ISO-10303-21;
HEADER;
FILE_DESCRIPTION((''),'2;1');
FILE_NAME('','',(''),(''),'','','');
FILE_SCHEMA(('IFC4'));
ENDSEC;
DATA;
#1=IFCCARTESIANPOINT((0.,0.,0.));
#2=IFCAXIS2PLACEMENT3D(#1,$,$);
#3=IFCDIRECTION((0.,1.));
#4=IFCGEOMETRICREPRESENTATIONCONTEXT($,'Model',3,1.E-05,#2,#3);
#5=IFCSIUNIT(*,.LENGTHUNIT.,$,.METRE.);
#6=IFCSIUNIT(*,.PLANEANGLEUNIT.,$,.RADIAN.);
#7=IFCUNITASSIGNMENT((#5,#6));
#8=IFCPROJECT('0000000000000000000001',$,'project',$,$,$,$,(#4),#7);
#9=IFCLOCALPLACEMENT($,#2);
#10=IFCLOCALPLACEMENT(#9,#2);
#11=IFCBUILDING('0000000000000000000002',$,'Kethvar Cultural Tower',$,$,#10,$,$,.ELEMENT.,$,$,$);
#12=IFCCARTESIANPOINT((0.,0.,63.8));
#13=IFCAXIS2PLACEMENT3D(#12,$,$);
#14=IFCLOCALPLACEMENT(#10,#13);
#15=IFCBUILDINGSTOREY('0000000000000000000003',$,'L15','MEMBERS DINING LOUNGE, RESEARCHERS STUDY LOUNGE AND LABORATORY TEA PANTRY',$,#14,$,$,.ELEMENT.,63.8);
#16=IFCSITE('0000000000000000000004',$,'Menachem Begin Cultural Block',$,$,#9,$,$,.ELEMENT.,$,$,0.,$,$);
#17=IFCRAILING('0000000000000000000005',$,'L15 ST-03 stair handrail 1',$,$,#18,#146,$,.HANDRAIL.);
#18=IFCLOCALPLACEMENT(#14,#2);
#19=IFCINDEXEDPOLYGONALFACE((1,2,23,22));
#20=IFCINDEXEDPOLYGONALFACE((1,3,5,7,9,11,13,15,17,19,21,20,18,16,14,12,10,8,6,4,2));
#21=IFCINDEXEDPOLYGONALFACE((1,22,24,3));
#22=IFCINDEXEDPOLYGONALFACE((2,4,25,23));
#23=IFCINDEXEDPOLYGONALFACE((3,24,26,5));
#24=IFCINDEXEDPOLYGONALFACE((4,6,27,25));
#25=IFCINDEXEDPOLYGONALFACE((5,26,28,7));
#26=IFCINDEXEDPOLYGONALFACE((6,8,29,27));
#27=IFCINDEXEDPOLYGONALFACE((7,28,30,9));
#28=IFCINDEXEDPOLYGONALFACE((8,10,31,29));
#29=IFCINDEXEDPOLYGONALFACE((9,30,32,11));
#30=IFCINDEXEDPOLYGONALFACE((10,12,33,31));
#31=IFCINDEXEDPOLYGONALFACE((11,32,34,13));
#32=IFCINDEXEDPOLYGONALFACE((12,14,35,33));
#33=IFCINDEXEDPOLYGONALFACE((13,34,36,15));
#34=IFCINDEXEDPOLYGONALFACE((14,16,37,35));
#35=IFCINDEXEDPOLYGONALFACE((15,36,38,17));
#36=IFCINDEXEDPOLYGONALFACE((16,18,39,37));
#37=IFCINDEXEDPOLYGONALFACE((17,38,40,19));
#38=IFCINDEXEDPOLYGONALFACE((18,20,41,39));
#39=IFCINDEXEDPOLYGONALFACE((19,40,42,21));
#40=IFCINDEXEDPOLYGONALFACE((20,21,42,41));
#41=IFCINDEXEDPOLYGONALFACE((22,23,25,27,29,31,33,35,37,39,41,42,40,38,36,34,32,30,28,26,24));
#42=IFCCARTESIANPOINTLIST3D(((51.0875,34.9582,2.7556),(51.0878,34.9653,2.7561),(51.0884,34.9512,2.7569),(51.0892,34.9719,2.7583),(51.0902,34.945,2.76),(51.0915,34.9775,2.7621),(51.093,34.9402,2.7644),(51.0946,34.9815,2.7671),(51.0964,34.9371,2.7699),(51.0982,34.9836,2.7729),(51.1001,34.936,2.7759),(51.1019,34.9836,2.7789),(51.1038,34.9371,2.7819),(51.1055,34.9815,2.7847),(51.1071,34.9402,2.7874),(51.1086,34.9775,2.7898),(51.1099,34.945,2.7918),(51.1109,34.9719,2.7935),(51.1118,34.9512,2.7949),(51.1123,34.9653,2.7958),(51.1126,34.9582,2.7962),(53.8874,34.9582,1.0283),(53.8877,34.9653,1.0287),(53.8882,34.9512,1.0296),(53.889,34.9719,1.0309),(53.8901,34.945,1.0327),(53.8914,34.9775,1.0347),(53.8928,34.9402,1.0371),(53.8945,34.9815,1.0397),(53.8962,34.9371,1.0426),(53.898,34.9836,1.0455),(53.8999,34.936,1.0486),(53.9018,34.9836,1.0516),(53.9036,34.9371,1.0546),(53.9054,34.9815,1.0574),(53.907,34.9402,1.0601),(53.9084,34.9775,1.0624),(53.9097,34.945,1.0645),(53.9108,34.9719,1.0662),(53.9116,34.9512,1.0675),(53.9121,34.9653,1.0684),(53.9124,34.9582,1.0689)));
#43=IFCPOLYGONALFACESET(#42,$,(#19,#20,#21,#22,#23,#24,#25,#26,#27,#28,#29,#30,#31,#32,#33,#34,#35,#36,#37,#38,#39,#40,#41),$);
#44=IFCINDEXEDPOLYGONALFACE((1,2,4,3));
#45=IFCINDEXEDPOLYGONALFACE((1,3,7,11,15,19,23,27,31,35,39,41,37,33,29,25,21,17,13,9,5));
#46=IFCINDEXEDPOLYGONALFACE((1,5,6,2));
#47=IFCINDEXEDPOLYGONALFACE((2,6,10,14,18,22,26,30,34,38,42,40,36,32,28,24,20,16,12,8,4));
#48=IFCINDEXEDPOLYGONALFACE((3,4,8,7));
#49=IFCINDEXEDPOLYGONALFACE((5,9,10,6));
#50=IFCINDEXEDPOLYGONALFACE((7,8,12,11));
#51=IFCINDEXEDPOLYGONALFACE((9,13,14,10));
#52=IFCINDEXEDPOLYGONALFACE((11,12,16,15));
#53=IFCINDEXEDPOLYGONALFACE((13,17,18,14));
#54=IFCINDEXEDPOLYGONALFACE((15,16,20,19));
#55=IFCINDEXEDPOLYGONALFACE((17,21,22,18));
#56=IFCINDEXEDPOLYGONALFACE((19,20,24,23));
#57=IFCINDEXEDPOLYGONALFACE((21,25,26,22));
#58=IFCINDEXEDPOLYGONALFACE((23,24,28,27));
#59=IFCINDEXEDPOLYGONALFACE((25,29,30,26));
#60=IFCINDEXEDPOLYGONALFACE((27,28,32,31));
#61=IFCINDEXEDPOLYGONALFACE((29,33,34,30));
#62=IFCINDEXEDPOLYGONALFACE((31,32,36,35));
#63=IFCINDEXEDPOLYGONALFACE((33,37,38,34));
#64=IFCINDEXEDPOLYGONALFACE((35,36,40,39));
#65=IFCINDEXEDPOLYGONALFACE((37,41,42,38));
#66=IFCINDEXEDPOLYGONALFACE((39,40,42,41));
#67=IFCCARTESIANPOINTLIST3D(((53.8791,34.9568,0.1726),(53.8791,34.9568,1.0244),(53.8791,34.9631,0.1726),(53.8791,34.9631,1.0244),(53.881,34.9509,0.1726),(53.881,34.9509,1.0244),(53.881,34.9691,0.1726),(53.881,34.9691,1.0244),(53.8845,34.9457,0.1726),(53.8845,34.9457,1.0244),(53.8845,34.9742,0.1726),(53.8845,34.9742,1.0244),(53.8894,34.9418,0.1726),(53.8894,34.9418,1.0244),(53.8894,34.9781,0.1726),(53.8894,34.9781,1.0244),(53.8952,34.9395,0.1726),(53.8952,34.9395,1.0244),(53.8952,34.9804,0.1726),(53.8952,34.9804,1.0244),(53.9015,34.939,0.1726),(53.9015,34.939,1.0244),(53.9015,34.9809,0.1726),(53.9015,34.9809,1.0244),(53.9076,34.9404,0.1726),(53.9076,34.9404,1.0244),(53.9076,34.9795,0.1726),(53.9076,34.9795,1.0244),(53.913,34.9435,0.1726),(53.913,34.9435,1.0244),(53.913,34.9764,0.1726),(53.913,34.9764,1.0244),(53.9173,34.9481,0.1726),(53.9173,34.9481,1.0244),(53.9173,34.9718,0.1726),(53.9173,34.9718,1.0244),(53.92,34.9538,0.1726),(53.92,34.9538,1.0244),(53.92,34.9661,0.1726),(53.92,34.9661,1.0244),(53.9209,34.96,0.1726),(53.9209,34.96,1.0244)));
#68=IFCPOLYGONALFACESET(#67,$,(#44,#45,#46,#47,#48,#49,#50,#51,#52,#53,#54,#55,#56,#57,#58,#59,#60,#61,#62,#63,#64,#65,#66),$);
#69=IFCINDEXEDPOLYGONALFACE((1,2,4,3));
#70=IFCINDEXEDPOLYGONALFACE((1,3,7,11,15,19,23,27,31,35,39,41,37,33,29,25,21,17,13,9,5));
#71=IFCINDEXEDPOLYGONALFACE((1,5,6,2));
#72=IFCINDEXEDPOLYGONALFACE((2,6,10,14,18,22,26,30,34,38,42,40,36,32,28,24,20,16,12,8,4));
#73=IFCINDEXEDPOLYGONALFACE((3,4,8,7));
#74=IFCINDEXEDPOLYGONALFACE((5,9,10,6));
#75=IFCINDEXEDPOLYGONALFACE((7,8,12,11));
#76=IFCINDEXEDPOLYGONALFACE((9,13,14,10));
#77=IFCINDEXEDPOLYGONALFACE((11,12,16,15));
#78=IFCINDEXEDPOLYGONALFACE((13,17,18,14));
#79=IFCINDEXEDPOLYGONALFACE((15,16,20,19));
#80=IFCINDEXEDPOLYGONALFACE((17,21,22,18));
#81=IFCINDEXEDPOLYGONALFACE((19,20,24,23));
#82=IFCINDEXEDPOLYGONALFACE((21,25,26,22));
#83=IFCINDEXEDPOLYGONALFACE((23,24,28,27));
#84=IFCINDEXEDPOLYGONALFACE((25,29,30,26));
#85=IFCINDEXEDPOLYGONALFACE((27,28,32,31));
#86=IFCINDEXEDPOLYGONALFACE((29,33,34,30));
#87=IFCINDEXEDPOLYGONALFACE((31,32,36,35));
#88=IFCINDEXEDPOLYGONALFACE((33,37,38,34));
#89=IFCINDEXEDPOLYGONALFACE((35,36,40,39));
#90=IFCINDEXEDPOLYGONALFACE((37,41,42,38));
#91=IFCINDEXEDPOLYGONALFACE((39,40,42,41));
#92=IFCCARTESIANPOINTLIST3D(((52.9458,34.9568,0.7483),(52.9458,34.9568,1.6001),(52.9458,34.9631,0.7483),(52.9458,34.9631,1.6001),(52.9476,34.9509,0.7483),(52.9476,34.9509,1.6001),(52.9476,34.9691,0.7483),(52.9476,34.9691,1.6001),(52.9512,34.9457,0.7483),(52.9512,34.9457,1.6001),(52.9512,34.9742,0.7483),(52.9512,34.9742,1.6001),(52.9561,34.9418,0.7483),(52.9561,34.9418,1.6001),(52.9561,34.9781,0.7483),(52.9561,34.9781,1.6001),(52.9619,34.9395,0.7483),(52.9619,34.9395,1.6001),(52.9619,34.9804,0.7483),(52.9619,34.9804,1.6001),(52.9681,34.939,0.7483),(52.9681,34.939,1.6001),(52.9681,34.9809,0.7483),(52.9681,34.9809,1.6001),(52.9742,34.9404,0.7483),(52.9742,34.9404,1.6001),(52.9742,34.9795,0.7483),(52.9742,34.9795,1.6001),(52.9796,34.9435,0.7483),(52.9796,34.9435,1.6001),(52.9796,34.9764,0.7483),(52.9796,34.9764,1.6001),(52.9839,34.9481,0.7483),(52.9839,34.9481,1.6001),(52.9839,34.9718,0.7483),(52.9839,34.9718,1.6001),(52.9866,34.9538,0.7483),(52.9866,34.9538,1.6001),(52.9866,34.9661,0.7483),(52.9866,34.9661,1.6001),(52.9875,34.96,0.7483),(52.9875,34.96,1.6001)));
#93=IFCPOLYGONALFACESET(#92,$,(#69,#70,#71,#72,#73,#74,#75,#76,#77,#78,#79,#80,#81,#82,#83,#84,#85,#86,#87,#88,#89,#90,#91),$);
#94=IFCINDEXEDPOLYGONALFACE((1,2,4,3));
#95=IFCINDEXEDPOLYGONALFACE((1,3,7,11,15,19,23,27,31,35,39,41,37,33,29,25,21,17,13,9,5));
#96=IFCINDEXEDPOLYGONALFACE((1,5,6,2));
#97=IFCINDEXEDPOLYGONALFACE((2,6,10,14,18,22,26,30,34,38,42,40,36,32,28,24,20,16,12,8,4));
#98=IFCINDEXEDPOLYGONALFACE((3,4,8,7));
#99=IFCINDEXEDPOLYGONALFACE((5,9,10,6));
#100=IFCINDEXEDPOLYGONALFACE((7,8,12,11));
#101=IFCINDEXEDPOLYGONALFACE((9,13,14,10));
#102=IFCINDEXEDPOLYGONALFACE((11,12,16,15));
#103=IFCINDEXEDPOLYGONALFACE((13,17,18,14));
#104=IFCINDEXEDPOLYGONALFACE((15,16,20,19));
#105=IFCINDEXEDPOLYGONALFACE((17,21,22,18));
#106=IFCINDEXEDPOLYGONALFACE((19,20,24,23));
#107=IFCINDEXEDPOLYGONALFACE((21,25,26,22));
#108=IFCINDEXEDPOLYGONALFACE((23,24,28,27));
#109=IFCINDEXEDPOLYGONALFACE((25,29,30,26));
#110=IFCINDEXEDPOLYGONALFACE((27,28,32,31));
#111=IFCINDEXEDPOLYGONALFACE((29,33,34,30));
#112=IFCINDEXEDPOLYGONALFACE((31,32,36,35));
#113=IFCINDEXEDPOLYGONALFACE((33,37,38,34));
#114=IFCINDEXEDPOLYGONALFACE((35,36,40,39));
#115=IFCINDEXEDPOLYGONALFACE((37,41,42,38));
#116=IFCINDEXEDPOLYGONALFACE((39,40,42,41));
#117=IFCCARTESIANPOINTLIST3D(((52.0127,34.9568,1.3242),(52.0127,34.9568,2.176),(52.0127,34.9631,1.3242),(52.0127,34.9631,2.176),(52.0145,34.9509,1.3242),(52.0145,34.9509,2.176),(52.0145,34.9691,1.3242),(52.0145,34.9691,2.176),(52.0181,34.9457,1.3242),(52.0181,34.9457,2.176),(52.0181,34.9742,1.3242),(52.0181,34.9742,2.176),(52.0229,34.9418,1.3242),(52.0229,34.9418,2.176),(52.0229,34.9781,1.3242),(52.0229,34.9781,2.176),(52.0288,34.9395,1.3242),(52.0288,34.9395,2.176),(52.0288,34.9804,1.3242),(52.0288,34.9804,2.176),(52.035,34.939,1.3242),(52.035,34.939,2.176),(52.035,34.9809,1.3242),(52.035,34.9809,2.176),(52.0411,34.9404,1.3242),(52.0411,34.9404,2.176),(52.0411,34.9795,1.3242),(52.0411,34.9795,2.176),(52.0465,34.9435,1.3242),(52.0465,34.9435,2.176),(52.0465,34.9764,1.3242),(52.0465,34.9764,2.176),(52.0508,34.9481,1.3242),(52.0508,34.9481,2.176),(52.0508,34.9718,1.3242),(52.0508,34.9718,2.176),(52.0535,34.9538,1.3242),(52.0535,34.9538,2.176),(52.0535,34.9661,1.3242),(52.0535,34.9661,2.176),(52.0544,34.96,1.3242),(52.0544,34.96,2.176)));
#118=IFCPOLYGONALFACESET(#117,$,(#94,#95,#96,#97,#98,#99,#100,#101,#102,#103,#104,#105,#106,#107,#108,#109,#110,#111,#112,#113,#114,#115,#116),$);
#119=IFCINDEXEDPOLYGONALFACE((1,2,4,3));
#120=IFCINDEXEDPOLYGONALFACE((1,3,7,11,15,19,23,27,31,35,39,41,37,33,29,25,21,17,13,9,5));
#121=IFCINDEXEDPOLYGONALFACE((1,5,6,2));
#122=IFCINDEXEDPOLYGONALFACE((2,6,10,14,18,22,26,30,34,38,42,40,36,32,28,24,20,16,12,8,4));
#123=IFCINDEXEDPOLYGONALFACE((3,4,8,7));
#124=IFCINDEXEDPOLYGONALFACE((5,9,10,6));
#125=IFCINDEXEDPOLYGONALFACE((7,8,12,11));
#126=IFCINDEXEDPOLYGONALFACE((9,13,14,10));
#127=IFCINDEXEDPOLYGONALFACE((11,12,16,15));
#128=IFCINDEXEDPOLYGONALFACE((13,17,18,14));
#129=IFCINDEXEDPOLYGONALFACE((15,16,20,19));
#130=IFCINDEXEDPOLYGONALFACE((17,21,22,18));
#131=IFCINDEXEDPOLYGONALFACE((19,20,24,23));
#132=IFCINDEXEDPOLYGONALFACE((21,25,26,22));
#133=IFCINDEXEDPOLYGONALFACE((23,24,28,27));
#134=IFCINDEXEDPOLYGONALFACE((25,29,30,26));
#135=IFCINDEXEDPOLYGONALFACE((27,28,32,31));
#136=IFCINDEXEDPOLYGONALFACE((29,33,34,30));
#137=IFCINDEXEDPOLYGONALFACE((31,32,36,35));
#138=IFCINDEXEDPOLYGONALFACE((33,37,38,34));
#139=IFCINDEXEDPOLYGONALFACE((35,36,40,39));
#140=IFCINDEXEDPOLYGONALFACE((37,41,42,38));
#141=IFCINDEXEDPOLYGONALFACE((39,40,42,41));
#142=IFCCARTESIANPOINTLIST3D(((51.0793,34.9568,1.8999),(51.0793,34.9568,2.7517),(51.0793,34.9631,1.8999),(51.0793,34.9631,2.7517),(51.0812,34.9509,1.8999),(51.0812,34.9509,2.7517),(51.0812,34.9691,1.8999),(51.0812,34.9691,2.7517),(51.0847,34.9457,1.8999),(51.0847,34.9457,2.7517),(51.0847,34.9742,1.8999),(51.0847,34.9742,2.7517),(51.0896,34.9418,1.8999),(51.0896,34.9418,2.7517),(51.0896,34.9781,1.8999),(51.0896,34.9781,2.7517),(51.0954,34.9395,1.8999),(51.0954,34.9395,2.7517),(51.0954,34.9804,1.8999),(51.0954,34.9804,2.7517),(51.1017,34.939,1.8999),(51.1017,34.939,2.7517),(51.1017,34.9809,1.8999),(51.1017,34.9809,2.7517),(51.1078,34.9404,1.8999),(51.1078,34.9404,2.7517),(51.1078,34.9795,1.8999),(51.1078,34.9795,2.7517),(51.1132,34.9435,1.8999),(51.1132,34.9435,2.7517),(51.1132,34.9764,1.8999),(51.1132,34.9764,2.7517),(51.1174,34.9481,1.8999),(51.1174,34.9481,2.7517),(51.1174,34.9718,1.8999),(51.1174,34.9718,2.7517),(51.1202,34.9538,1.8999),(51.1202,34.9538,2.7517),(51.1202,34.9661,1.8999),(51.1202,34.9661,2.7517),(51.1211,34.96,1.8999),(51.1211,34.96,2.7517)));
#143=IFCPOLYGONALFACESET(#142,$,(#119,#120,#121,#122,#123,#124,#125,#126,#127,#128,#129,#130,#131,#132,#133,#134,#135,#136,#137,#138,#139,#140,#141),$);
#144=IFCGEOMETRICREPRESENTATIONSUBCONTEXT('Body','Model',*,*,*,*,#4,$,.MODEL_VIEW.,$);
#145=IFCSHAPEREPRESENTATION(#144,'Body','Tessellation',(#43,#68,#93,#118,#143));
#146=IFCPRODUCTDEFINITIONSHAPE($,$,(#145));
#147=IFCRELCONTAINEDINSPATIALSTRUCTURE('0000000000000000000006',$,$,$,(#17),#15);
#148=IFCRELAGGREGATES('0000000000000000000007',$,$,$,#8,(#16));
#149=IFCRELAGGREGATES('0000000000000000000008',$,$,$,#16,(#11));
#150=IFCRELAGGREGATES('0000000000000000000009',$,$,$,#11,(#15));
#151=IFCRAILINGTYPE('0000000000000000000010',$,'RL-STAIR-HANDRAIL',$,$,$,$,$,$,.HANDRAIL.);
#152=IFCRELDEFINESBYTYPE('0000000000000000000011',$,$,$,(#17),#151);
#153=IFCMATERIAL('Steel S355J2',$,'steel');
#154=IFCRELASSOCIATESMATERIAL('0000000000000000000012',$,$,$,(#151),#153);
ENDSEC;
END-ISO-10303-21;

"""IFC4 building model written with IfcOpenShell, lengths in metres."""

from ifc_helpers import new_model, si_unit, direction, frame, origin, origin_2d, place, context, subcontext, project, spatial, circle, extrude, material, type_object, element, save


model = new_model("IFC4")

# Units and contexts
model_context = context("Model", 3, precision=1e-05, world=origin(), true_north=direction((0.0, 1.0)))
body_context = subcontext(model_context, "Body", "Model", "MODEL_VIEW")
ifc_project = project(units=[si_unit("LENGTHUNIT", "METRE"), si_unit("PLANEANGLEUNIT", "RADIAN")], contexts=[model_context])

# Site, building, storey
site_placement = place(None, origin())
site = spatial("IfcSite", under=ifc_project, at=site_placement, Name="Menachem Begin Cultural Block", CompositionType="ELEMENT", RefElevation=0.0)
building_placement = place(site_placement, origin())
building = spatial("IfcBuilding", under=site, at=building_placement, Name="Kethvar Cultural Tower", CompositionType="ELEMENT")
storey_placement = place(building_placement, frame((0.0, 0.0, 63.8)))
storey = spatial("IfcBuildingStorey", under=building, at=storey_placement, Name="L15", Description="MEMBERS DINING LOUNGE, RESEARCHERS STUDY LOUNGE AND LABORATORY TEA PANTRY", CompositionType="ELEMENT", Elevation=63.8)

# Shared definitions
ifc_material_1 = material(Name="Steel S355J2", Category="steel")

# Railing
railing_type_1 = type_object("IfcRailingType", Name="RL-STAIR-HANDRAIL", PredefinedType="HANDRAIL", material=ifc_material_1)
railing_1_placement = place(storey_placement, frame((53.8999, 34.96, 0.1726)))
element("IfcRailing", 1, at=railing_1_placement, inside=storey, type_object=railing_type_1, Name="L15 ST-03 stair handrail 1", PredefinedType="HANDRAIL", context=body_context, shape_type="SweptSolid", body=[
    extrude(circle(Radius=0.0239, at=origin_2d()), frame((0.0, 0.0, 0.876), z_axis=(-0.851069, 0.0, 0.525054), x_axis=(0.0, -1.0, 0.0)), (0.0, 0.0, 1.0), 3.2898),
    extrude(circle(Radius=0.021, at=origin_2d()), origin(), (0.0, 0.0, 1.0), 0.8518),
    extrude(circle(Radius=0.021, at=origin_2d()), frame((-0.9333, 0.0, 0.5757)), (0.0, 0.0, 1.0), 0.8518),
    extrude(circle(Radius=0.021, at=origin_2d()), frame((-1.8665, 0.0, 1.1516)), (0.0, 0.0, 1.0), 0.8518),
    extrude(circle(Radius=0.021, at=origin_2d()), frame((-2.7998, 0.0, 1.7273)), (0.0, 0.0, 1.0), 0.8518),
])

save(model, "model.ifc")
